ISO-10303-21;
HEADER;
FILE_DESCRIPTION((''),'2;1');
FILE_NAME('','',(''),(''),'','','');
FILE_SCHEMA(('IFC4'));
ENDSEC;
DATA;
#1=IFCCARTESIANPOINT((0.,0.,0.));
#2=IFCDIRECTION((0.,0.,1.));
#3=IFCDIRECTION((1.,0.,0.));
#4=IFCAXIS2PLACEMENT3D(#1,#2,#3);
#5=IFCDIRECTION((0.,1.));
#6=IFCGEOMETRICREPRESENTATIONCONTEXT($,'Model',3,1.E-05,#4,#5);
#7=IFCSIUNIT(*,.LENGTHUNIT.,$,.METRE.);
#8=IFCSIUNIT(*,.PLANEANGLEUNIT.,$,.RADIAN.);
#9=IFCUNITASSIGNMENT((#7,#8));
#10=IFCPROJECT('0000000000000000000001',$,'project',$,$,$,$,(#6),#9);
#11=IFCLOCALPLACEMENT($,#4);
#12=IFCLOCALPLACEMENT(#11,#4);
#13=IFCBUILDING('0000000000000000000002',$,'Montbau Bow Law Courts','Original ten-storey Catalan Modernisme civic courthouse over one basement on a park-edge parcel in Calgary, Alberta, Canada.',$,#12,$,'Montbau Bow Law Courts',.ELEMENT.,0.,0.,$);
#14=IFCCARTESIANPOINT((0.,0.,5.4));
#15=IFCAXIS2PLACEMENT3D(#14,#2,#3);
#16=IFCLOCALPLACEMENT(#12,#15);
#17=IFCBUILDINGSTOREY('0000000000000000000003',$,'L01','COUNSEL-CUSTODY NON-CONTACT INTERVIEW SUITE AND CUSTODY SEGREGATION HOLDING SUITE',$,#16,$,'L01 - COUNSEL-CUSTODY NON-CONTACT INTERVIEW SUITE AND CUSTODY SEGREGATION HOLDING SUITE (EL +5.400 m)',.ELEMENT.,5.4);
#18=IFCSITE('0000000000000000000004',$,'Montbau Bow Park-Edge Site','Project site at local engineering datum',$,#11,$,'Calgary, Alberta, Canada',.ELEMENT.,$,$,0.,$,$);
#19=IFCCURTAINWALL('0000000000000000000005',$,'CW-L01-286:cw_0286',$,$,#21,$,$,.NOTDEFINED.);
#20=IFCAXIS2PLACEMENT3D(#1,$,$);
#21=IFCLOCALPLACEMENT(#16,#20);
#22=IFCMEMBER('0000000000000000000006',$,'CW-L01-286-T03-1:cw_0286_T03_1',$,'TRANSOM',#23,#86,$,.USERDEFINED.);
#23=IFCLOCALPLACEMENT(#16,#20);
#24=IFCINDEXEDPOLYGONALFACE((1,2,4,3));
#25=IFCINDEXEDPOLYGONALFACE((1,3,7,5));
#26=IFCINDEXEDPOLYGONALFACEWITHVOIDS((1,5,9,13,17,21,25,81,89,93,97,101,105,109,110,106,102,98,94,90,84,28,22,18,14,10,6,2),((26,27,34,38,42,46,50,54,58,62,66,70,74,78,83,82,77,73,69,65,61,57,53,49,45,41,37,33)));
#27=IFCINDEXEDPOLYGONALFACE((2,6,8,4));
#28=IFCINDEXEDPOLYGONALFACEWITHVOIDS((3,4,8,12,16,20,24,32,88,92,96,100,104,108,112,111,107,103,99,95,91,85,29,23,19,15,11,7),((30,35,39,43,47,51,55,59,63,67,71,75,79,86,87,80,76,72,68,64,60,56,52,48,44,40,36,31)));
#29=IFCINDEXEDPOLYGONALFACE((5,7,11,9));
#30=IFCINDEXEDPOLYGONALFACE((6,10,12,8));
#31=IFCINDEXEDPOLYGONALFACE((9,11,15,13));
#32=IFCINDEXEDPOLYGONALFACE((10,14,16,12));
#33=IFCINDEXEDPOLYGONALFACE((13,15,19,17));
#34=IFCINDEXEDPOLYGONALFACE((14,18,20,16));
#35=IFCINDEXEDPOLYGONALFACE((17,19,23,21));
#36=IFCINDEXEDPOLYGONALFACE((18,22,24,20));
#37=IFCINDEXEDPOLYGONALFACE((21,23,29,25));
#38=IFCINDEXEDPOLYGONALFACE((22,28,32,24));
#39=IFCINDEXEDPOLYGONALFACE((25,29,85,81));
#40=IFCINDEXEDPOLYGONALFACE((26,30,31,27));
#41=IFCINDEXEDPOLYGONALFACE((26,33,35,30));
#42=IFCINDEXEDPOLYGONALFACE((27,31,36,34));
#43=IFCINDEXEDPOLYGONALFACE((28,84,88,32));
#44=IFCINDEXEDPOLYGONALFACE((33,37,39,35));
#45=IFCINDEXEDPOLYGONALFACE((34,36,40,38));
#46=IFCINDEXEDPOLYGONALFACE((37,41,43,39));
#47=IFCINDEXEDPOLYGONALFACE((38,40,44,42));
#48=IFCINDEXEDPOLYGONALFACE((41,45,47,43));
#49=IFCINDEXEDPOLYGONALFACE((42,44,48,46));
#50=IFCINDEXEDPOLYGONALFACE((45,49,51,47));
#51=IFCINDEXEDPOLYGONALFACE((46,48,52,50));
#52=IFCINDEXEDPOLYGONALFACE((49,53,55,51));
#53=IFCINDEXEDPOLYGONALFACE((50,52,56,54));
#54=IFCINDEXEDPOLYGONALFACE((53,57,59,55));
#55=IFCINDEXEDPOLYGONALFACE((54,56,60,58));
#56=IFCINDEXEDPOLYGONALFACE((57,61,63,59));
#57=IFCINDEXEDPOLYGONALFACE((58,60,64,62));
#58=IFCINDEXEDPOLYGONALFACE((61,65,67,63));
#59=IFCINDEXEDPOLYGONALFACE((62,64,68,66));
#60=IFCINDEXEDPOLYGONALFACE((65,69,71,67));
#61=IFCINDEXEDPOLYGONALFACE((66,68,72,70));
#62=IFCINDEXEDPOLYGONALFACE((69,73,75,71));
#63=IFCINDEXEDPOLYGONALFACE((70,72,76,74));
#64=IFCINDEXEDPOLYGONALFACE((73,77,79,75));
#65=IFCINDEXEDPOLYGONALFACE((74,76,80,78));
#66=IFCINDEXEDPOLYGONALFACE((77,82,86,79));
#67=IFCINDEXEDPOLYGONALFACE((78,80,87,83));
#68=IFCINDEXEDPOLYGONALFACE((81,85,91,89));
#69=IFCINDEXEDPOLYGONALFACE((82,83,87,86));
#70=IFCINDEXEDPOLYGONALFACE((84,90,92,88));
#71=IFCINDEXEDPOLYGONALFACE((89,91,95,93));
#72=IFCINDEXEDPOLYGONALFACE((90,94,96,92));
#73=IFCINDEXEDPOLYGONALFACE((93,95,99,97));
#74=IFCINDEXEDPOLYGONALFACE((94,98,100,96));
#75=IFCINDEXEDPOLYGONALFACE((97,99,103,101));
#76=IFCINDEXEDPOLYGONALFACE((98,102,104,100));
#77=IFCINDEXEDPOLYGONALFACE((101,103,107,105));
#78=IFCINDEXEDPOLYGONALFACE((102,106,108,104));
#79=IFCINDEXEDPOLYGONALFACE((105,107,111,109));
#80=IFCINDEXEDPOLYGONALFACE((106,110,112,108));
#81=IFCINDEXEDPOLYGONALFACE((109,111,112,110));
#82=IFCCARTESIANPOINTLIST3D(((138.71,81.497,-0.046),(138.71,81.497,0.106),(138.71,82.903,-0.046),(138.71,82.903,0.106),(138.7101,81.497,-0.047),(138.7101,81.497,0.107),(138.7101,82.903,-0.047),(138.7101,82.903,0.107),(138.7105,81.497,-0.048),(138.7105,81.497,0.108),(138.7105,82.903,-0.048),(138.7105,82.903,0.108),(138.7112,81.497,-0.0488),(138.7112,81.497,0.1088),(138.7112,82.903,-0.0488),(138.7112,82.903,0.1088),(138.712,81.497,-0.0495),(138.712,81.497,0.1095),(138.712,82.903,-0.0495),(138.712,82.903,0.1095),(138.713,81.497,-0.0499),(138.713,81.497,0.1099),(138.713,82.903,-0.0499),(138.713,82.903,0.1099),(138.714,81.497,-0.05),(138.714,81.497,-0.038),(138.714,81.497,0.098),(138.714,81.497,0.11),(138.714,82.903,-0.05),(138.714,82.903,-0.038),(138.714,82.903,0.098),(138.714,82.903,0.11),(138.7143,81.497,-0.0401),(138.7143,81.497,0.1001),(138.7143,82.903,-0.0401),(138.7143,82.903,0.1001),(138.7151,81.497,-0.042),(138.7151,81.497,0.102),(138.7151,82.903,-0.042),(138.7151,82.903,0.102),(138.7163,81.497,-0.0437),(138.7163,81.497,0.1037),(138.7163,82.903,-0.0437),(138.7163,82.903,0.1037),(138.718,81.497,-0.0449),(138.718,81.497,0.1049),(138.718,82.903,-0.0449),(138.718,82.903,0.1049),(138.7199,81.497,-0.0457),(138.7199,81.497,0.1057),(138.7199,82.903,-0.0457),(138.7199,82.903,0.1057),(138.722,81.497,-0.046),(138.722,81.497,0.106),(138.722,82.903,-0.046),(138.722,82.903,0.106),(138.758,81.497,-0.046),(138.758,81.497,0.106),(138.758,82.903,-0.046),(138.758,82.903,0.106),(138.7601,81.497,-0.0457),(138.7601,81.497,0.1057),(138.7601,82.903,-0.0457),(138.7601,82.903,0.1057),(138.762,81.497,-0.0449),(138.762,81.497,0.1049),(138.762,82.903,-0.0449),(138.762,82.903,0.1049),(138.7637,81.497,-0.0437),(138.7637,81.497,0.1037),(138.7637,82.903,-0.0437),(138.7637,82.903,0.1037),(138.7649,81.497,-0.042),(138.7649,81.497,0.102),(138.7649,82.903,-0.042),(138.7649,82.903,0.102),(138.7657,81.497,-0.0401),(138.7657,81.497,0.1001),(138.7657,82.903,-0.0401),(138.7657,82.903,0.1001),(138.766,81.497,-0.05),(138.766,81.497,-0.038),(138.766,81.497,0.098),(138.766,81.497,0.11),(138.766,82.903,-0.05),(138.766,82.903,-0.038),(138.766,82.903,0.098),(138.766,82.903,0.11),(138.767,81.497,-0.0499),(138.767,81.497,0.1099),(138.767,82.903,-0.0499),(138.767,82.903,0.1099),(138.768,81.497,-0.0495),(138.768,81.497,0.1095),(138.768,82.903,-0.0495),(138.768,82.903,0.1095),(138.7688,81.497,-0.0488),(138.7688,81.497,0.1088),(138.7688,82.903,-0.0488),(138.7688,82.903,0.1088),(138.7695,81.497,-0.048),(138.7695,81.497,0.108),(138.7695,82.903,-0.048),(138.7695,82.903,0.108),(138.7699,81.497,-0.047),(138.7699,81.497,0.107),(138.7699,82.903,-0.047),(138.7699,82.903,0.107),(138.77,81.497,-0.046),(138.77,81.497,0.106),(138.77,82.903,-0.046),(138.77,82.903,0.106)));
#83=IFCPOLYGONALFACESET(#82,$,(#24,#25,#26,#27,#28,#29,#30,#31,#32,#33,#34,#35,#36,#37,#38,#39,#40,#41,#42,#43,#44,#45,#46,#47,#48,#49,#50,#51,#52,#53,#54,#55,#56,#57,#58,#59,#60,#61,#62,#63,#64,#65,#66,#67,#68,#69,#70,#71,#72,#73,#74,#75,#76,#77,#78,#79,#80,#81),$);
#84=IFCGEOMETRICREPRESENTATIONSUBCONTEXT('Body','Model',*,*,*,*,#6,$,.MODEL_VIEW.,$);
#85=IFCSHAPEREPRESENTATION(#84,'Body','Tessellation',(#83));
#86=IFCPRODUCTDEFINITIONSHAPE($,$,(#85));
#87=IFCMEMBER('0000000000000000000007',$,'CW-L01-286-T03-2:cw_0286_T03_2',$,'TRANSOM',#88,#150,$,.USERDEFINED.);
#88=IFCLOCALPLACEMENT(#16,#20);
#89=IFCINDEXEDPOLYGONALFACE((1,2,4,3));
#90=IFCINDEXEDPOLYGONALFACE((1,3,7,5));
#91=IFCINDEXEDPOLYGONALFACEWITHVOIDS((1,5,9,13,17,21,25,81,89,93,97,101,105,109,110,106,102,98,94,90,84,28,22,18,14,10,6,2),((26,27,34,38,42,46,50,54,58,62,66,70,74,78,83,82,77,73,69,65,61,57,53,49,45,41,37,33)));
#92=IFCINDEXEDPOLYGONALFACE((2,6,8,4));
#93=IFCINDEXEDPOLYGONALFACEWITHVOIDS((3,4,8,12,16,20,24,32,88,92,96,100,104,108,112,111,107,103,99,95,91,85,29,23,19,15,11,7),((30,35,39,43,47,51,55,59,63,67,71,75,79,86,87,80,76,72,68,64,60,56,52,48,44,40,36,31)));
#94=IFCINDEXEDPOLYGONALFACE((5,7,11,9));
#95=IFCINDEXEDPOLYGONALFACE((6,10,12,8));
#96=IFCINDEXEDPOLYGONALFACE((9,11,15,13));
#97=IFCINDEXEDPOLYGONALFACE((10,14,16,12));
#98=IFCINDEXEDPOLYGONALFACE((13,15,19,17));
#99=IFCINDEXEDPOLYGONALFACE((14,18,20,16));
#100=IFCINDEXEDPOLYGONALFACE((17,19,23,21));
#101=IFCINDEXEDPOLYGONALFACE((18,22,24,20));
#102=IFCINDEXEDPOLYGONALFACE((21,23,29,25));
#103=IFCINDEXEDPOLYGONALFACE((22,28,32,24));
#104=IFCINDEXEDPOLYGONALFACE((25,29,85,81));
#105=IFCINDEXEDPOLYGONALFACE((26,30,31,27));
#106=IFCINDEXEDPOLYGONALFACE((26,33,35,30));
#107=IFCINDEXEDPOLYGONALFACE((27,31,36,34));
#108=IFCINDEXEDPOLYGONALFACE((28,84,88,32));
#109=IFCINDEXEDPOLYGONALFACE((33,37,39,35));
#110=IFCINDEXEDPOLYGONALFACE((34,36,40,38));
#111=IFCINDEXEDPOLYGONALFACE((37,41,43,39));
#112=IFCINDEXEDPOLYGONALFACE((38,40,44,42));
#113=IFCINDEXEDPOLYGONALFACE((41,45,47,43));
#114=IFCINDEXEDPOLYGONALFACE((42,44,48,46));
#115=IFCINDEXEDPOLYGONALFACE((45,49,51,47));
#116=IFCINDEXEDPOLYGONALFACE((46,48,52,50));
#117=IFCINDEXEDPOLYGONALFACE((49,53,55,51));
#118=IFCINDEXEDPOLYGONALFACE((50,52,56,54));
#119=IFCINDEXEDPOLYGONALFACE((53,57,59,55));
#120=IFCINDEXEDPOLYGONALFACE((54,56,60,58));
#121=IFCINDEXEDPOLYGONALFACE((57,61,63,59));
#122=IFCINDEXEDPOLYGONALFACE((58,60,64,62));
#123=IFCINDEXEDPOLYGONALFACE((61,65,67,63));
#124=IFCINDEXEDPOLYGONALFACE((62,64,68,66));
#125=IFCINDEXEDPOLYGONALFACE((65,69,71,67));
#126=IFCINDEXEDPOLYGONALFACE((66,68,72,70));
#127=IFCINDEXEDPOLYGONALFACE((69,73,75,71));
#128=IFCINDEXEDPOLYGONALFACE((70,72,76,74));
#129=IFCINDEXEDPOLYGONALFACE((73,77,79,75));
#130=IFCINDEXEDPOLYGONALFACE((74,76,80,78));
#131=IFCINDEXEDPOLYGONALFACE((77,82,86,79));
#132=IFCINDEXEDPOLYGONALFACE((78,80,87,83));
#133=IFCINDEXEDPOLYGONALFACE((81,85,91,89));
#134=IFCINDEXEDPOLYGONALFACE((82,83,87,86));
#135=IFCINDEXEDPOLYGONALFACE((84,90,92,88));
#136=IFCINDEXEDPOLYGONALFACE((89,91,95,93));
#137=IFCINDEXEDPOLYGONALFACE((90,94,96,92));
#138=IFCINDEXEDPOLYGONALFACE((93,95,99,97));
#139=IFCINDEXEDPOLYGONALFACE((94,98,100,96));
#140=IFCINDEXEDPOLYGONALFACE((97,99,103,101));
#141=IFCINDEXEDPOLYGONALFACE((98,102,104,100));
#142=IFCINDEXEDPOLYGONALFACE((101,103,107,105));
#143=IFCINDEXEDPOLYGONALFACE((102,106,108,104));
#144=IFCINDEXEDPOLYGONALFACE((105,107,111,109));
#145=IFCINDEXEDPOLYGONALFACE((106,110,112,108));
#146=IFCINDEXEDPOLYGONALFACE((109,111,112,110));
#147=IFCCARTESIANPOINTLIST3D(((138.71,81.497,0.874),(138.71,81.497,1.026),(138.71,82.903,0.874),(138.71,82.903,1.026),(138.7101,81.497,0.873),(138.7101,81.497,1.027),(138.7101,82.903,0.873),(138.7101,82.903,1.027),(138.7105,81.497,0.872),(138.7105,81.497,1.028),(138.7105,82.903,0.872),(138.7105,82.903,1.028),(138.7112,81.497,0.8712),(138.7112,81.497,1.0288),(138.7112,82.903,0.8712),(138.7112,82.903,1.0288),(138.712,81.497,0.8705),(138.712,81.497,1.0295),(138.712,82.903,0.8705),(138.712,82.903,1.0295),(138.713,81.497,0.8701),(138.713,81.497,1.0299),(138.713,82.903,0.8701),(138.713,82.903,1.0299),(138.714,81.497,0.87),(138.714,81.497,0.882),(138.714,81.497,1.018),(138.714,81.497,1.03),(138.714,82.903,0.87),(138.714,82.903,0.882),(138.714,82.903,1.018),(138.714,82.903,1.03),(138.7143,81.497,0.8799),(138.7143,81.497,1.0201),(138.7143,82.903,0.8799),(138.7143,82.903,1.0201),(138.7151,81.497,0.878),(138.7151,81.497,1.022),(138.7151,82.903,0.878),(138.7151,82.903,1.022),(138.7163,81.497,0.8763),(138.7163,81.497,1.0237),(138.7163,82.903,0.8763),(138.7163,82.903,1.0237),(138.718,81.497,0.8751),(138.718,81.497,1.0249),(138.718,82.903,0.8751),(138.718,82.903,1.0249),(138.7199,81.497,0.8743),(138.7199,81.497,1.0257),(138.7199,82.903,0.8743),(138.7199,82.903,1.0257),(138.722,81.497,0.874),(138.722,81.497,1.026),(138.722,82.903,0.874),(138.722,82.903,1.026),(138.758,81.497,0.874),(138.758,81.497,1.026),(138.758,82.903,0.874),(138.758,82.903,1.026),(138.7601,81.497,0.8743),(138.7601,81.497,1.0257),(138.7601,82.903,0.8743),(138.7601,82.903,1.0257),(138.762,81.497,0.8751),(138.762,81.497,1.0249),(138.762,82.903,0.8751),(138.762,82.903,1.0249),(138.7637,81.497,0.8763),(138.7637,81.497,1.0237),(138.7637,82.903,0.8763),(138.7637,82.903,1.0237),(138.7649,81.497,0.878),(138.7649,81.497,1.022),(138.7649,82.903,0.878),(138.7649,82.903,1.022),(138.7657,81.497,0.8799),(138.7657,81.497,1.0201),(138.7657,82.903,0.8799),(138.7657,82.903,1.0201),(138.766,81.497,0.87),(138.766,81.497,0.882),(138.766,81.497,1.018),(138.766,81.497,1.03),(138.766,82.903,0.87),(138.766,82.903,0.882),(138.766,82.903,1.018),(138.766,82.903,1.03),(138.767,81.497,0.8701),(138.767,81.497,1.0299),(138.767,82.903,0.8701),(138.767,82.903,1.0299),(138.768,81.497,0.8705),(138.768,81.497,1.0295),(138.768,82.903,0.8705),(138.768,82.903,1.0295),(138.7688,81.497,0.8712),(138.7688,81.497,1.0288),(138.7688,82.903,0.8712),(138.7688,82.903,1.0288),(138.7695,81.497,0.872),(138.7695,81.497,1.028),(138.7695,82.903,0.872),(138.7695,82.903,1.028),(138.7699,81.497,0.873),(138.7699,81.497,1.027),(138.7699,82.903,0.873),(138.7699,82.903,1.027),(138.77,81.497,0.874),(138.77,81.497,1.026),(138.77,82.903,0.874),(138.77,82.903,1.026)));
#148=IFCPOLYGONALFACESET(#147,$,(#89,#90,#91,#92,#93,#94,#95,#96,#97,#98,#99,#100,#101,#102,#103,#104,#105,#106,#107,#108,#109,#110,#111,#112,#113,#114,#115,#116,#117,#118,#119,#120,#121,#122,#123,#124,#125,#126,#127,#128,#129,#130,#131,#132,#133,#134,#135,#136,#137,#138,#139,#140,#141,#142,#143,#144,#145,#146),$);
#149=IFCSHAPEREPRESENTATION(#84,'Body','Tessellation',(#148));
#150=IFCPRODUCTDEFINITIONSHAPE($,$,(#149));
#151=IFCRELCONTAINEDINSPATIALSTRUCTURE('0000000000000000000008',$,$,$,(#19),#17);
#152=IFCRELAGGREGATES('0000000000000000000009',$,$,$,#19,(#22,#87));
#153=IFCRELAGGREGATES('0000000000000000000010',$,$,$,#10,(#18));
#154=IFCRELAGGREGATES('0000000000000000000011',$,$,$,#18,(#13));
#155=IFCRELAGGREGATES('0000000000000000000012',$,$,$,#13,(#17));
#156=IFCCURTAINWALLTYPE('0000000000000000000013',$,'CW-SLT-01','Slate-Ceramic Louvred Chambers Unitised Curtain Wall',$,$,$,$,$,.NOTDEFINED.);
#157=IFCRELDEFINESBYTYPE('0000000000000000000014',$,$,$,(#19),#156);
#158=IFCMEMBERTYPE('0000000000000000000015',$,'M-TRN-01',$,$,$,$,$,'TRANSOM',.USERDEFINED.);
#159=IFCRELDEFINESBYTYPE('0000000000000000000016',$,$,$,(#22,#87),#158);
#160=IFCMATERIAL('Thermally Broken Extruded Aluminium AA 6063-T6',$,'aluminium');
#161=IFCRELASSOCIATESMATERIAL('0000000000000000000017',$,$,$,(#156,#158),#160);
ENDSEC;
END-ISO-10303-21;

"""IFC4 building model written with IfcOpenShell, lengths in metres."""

from ifc_helpers import new_model, si_unit, direction, frame, origin_with_axes, origin_2d_with_axis, place, context, subcontext, project, spatial, hollow_rectangle, extrude, material, material_profile, profile_set, type_object, element, aggregate, save


model = new_model("IFC4")

# Units and contexts
model_context = context("Model", 3, precision=1e-05, world=origin_with_axes(), true_north=direction((0.0, 1.0)))
body_context = subcontext(model_context, "Body", "Model", "MODEL_VIEW")
ifc_project = project(units=[si_unit("LENGTHUNIT", "METRE"), si_unit("PLANEANGLEUNIT", "RADIAN")], contexts=[model_context])

# Site, building, storey
site_placement = place(None, origin_with_axes())
site = spatial("IfcSite", under=ifc_project, at=site_placement, Name="Montbau Bow Park-Edge Site", Description="Project site at local engineering datum", LongName="Calgary, Alberta, Canada", CompositionType="ELEMENT", RefElevation=0.0)
building_placement = place(site_placement, origin_with_axes())
building = spatial("IfcBuilding", under=site, at=building_placement, Name="Montbau Bow Law Courts", Description="Original ten-storey Catalan Modernisme civic courthouse over one basement on a park-edge parcel in Calgary, Alberta, Canada.", LongName="Montbau Bow Law Courts", CompositionType="ELEMENT", ElevationOfRefHeight=0.0, ElevationOfTerrain=0.0)
storey_placement = place(building_placement, frame((0.0, 0.0, 5.4), z_axis=(0.0, 0.0, 1.0), x_axis=(1.0, 0.0, 0.0)))
storey = spatial("IfcBuildingStorey", under=building, at=storey_placement, Name="L01", Description="COUNSEL-CUSTODY NON-CONTACT INTERVIEW SUITE AND CUSTODY SEGREGATION HOLDING SUITE", LongName="L01 - COUNSEL-CUSTODY NON-CONTACT INTERVIEW SUITE AND CUSTODY SEGREGATION HOLDING SUITE (EL +5.400 m)", CompositionType="ELEMENT", Elevation=5.4)

# Curtain wall, members
ifc_material_1 = material(Name="Thermally Broken Extruded Aluminium AA 6063-T6", Category="aluminium")
curtain_wall_type = type_object("IfcCurtainWallType", Name="CW-SLT-01", Description="Slate-Ceramic Louvred Chambers Unitised Curtain Wall", PredefinedType="NOTDEFINED", material=ifc_material_1)
curtain_wall_placement = place(None, frame((138.74, 78.515, 5.4), z_axis=(0.0, 0.0, 1.0), x_axis=(1.0, 0.0, 0.0)))
curtain_wall = element("IfcCurtainWall", 1, at=curtain_wall_placement, inside=storey, type_object=curtain_wall_type, Name="CW-L01-286:cw_0286", PredefinedType="NOTDEFINED")
ifc_material_profile_1 = material_profile(ifc_material_1, hollow_rectangle(XDim=0.06, YDim=0.16, WallThickness=0.004, InnerFilletRadius=0.008, OuterFilletRadius=0.004, at=origin_2d_with_axis()), Name="CWT-160X60", Category="Main", Priority=0)
ifc_profile_set_1 = profile_set([ifc_material_profile_1], Name="Thermally Broken Extruded Aluminium AA 6063-T6")
member_type_1 = type_object("IfcMemberType", Name="M-TRN-01", ElementType="TRANSOM", PredefinedType="USERDEFINED", material=ifc_profile_set_1)
member_1_placement = place(None, frame((138.74, 81.497, 5.43), z_axis=(0.0, 1.0, 0.0), x_axis=(-1.0, 0.0, 0.0)))
member_1 = element("IfcMember", 2, at=member_1_placement, type_object=member_type_1, Name="CW-L01-286-T03-1:cw_0286_T03_1", ObjectType="TRANSOM", PredefinedType="USERDEFINED", context=body_context, shape_type="SweptSolid", body=[
    extrude(hollow_rectangle(XDim=0.06, YDim=0.16, WallThickness=0.004, InnerFilletRadius=0.008, OuterFilletRadius=0.004, at=origin_2d_with_axis()), origin_with_axes(), (0.0, 0.0, 1.0), 1.406),
])
member_2_placement = place(None, frame((138.74, 81.497, 6.35), z_axis=(0.0, 1.0, 0.0), x_axis=(-1.0, 0.0, 0.0)))
member_2 = element("IfcMember", 3, at=member_2_placement, type_object=member_type_1, Name="CW-L01-286-T03-2:cw_0286_T03_2", ObjectType="TRANSOM", PredefinedType="USERDEFINED", context=body_context, shape_type="SweptSolid", body=[
    extrude(hollow_rectangle(XDim=0.06, YDim=0.16, WallThickness=0.004, InnerFilletRadius=0.008, OuterFilletRadius=0.004, at=origin_2d_with_axis()), origin_with_axes(), (0.0, 0.0, 1.0), 1.406),
])
aggregate(curtain_wall, [member_1, member_2])

save(model, "model.ifc")
